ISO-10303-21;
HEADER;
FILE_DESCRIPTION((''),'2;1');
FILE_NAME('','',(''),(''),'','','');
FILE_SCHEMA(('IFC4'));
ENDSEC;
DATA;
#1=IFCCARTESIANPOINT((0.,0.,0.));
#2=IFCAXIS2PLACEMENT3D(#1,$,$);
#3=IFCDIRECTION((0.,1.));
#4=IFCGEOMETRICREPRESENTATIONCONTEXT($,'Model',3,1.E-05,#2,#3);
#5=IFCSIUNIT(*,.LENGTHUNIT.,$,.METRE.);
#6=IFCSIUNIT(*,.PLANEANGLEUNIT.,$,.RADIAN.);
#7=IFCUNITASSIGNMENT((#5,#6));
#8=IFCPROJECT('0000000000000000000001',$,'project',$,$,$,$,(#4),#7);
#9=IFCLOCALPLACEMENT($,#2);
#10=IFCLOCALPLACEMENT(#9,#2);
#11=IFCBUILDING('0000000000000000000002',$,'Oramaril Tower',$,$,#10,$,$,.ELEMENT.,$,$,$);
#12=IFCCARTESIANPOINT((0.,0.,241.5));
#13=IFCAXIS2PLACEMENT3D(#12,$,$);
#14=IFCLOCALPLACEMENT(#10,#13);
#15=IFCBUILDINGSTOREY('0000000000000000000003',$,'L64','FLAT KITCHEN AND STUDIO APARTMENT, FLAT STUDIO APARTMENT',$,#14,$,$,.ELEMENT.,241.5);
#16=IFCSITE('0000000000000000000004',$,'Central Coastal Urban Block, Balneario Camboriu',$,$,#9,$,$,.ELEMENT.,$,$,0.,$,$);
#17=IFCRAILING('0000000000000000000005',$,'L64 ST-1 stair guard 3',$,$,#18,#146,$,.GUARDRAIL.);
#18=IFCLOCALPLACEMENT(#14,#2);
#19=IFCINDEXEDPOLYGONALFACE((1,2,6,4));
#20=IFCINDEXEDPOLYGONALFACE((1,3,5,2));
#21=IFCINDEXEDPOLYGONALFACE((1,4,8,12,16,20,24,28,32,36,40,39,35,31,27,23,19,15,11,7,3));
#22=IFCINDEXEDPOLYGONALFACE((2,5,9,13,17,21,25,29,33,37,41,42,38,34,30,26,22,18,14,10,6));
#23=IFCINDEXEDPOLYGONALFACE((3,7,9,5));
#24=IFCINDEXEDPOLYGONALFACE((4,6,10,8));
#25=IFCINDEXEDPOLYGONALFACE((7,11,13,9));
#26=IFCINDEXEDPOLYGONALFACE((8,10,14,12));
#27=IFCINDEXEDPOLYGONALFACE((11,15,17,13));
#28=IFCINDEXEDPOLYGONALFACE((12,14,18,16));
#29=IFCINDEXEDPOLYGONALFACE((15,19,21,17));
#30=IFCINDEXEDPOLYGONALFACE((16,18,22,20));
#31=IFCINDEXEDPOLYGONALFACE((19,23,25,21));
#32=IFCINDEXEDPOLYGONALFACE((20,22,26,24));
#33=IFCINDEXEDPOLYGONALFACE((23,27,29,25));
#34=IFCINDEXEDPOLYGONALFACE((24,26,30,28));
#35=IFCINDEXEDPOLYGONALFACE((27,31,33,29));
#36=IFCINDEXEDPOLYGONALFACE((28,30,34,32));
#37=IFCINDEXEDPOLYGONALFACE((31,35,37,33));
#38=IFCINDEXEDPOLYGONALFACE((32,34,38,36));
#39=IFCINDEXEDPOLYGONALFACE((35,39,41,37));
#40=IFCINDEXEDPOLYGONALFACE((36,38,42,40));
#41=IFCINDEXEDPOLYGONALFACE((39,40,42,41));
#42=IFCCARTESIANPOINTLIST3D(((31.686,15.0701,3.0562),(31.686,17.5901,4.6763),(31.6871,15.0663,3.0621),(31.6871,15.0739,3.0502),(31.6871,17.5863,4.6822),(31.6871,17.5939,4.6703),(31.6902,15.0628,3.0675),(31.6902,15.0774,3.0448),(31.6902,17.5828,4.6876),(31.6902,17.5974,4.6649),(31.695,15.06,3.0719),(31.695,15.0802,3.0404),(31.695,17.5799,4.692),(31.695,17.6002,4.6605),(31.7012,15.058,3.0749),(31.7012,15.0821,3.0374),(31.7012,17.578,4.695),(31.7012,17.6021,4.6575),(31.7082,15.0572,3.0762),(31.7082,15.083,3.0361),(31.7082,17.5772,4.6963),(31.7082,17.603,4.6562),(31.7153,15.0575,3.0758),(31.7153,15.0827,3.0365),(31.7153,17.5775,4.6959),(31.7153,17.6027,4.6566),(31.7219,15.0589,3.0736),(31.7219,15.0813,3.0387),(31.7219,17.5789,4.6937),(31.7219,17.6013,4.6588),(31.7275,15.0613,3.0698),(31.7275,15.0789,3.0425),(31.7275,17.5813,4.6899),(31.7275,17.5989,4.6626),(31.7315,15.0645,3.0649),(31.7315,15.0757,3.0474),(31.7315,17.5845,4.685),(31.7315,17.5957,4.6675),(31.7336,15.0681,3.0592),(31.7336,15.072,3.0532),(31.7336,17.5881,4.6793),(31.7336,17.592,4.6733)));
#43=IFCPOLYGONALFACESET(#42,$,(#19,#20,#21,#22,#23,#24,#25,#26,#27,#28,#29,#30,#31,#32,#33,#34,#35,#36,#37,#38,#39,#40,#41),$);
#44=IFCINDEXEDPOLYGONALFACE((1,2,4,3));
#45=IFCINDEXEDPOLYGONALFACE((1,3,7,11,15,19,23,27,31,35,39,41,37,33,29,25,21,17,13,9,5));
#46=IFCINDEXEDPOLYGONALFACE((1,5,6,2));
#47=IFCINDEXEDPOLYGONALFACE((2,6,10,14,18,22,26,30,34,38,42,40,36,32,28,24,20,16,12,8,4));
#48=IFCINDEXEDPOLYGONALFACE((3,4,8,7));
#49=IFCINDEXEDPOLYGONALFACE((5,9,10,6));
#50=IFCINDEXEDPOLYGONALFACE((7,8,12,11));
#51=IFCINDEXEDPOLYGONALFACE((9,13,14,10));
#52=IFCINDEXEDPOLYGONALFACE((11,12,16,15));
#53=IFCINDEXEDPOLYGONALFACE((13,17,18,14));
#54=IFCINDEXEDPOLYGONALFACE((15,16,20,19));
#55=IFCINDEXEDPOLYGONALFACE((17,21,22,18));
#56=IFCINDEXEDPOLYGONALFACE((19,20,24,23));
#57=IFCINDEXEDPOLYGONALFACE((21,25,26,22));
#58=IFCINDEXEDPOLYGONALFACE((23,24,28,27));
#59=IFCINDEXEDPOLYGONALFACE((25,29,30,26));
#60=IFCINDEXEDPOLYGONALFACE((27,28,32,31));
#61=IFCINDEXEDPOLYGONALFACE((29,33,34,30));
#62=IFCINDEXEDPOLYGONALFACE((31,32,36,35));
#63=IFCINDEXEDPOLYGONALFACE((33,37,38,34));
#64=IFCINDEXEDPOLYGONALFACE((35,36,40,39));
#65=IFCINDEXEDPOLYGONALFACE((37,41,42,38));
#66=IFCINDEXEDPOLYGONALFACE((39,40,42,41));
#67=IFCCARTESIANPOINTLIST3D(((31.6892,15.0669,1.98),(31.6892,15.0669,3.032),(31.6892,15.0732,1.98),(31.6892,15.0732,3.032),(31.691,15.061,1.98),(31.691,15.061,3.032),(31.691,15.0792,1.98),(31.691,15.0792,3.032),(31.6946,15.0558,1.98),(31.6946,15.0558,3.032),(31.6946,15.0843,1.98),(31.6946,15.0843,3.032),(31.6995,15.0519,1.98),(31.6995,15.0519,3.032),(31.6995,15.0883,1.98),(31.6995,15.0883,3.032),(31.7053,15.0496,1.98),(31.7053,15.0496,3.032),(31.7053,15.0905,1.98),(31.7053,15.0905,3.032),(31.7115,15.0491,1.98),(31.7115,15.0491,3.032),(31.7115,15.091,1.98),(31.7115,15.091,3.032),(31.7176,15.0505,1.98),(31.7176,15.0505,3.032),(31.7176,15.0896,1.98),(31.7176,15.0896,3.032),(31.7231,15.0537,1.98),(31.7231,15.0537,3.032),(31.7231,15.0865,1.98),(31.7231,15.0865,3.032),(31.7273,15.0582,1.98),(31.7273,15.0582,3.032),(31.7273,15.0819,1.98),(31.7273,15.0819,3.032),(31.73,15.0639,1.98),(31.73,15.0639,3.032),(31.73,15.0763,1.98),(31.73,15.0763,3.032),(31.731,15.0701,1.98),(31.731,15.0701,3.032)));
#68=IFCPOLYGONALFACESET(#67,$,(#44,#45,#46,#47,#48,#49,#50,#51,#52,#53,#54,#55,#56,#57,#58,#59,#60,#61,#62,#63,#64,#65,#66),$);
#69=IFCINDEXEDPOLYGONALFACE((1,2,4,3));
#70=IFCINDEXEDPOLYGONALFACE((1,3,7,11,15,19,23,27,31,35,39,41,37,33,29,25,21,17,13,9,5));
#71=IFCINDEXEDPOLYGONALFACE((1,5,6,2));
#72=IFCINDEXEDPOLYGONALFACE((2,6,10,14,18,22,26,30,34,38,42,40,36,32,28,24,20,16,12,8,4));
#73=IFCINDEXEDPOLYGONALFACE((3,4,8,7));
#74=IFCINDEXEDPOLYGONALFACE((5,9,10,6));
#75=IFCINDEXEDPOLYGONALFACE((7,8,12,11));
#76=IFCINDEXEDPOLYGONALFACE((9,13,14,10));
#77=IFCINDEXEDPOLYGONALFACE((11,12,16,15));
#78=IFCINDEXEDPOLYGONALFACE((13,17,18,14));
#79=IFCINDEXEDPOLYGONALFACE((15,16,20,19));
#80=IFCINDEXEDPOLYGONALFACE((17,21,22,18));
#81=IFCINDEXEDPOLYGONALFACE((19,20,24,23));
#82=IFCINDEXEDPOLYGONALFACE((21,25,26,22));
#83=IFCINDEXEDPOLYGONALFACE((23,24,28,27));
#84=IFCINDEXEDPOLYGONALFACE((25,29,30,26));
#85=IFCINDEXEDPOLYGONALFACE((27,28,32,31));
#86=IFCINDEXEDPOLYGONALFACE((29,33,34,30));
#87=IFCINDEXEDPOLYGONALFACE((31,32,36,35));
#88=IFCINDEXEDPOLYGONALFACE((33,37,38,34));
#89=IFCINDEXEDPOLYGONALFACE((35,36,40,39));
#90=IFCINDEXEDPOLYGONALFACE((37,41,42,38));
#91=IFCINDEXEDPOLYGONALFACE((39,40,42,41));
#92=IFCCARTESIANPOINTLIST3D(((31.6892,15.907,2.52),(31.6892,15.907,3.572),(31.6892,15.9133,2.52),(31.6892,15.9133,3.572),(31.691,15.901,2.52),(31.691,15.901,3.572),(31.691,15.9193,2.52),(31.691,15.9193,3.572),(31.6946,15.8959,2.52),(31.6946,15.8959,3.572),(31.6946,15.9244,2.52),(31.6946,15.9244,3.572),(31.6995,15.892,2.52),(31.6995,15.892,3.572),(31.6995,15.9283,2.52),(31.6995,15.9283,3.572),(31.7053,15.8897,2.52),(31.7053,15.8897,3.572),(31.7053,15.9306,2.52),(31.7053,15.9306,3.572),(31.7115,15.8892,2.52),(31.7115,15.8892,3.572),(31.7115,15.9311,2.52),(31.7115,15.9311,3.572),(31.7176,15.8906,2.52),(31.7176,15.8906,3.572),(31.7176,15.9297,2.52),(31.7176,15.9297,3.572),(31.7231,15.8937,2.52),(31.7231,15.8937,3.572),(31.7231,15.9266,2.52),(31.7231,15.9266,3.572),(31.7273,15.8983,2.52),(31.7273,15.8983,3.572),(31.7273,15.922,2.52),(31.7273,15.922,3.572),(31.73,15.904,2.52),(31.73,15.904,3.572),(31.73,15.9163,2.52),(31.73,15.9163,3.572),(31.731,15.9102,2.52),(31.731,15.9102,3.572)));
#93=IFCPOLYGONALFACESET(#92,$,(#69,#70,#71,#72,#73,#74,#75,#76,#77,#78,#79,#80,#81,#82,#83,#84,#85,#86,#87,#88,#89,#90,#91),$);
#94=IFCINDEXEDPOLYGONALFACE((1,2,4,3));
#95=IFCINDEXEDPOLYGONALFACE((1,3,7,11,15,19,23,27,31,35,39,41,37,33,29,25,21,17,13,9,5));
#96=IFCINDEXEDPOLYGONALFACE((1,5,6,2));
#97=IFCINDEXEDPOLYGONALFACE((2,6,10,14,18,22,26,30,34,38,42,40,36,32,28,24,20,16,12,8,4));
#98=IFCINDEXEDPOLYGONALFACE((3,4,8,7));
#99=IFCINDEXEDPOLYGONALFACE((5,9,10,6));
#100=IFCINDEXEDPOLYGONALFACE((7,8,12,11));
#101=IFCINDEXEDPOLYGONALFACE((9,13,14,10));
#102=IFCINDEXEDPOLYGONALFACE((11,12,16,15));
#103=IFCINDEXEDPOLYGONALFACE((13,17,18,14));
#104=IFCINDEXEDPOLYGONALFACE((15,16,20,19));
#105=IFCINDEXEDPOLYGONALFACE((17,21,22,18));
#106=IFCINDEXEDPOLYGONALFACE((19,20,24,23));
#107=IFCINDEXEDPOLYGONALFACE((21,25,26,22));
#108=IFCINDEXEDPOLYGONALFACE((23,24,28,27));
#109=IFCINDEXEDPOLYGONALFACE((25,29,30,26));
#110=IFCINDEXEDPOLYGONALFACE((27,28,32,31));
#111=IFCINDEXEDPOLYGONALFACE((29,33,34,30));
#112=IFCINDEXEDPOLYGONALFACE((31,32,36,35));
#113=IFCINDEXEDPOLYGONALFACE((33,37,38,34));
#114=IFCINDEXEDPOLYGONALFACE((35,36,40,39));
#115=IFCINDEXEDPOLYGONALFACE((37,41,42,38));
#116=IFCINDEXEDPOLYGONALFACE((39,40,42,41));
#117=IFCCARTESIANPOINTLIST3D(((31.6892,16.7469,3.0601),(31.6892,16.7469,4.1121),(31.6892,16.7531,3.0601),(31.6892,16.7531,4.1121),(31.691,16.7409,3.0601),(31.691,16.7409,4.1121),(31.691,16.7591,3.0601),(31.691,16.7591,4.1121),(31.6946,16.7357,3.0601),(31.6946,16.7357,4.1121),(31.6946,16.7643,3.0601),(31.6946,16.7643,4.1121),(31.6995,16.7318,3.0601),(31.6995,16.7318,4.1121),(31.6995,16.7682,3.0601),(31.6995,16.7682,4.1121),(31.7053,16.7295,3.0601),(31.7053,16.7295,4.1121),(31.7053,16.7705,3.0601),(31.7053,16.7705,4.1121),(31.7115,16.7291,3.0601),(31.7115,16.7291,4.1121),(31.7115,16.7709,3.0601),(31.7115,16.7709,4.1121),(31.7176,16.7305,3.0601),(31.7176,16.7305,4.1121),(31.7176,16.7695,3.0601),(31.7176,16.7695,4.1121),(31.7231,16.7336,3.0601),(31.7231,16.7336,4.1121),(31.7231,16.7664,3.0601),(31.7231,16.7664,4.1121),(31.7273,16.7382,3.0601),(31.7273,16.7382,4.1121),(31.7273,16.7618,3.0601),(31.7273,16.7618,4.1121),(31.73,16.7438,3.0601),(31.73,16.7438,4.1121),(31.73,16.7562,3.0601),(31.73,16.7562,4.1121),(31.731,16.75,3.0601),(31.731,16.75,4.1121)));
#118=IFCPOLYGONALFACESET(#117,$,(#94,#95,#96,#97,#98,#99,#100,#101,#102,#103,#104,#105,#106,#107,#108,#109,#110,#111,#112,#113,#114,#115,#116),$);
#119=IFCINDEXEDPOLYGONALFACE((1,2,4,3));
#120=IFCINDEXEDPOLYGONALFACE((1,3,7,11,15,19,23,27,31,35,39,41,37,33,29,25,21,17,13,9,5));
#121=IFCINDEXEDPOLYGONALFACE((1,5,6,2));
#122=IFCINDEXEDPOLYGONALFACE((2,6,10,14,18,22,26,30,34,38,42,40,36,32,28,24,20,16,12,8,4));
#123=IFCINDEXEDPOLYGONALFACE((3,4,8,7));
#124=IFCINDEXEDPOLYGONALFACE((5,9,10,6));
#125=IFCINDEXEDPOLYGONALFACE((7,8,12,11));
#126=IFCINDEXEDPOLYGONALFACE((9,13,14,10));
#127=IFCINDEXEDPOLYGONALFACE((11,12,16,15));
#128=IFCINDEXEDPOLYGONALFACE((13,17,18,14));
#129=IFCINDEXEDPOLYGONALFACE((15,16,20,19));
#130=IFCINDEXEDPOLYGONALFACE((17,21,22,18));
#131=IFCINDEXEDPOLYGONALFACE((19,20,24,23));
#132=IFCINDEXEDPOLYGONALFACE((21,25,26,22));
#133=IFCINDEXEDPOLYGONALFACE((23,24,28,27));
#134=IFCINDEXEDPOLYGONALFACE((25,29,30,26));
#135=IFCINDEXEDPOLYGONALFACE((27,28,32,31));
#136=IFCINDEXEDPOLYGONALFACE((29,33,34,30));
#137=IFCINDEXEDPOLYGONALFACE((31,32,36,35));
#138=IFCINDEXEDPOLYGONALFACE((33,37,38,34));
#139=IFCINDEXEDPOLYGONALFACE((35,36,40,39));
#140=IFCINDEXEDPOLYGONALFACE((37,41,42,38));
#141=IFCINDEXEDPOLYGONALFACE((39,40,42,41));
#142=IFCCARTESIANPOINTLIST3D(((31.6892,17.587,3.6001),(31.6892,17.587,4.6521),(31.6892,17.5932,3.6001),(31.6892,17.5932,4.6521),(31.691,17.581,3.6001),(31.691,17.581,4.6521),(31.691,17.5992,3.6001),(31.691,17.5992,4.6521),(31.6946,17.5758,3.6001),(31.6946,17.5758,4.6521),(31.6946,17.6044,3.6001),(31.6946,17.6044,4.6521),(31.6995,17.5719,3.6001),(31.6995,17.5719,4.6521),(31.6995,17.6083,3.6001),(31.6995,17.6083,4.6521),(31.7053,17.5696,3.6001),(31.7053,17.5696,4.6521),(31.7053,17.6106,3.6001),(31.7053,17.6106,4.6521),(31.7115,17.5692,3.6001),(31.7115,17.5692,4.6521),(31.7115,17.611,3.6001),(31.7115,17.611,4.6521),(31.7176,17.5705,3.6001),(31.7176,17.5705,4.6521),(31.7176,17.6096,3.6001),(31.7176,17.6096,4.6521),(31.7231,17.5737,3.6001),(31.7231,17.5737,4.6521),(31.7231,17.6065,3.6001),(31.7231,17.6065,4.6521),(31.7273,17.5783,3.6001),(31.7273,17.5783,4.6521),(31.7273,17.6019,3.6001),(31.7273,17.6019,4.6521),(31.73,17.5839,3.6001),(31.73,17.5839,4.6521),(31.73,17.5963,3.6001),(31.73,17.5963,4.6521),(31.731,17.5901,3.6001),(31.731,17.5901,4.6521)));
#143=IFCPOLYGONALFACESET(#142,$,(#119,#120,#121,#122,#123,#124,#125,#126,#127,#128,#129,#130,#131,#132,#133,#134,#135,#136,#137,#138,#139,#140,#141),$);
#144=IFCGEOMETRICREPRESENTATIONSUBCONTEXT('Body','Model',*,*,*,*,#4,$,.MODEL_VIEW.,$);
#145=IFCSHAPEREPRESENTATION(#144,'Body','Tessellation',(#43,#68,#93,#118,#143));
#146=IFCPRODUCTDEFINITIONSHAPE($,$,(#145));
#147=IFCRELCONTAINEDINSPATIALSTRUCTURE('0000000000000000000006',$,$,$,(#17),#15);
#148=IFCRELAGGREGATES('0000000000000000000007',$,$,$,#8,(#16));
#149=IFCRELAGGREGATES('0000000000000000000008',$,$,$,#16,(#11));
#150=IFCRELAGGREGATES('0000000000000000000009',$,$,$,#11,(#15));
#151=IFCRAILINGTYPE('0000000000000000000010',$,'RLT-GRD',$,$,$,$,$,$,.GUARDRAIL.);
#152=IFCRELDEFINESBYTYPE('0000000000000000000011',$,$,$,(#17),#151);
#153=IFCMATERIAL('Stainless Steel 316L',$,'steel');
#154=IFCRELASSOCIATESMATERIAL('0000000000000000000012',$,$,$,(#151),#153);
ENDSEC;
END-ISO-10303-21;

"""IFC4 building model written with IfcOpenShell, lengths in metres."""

from ifc_helpers import new_model, si_unit, direction, frame, origin, origin_2d, place, context, subcontext, project, spatial, circle, extrude, material, type_object, element, save


model = new_model("IFC4")

# Units and contexts
model_context = context("Model", 3, precision=1e-05, world=origin(), true_north=direction((0.0, 1.0)))
body_context = subcontext(model_context, "Body", "Model", "MODEL_VIEW")
ifc_project = project(units=[si_unit("LENGTHUNIT", "METRE"), si_unit("PLANEANGLEUNIT", "RADIAN")], contexts=[model_context])

# Site, building, storey
site_placement = place(None, origin())
site = spatial("IfcSite", under=ifc_project, at=site_placement, Name="Central Coastal Urban Block, Balneario Camboriu", CompositionType="ELEMENT", RefElevation=0.0)
building_placement = place(site_placement, origin())
building = spatial("IfcBuilding", under=site, at=building_placement, Name="Oramaril Tower", CompositionType="ELEMENT")
storey_placement = place(building_placement, frame((0.0, 0.0, 241.5)))
storey = spatial("IfcBuildingStorey", under=building, at=storey_placement, Name="L64", Description="FLAT KITCHEN AND STUDIO APARTMENT, FLAT STUDIO APARTMENT", CompositionType="ELEMENT", Elevation=241.5)

# Railing
ifc_material_1 = material(Name="Stainless Steel 316L", Category="steel")
railing_type_1 = type_object("IfcRailingType", Name="RLT-GRD", PredefinedType="GUARDRAIL", material=ifc_material_1)
railing_1_placement = place(storey_placement, frame((31.71, 15.0701, 1.98)))
element("IfcRailing", 1, at=railing_1_placement, inside=storey, type_object=railing_type_1, Name="L64 ST-1 stair guard 3", PredefinedType="GUARDRAIL", context=body_context, shape_type="SweptSolid", body=[
    extrude(circle(Radius=0.0239, at=origin_2d()), frame((0.0, 0.0, 1.0762), z_axis=(0.0, 0.841163, 0.540782), x_axis=(-1.0, 0.0, 0.0)), (0.0, 0.0, 1.0), 2.9958),
    extrude(circle(Radius=0.021, at=origin_2d()), origin(), (0.0, 0.0, 1.0), 1.052),
    extrude(circle(Radius=0.021, at=origin_2d()), frame((0.0, 0.8401, 0.54)), (0.0, 0.0, 1.0), 1.052),
    extrude(circle(Radius=0.021, at=origin_2d()), frame((0.0, 1.6799, 1.0801)), (0.0, 0.0, 1.0), 1.052),
    extrude(circle(Radius=0.021, at=origin_2d()), frame((0.0, 2.52, 1.6201)), (0.0, 0.0, 1.0), 1.052),
])

save(model, "model.ifc")
